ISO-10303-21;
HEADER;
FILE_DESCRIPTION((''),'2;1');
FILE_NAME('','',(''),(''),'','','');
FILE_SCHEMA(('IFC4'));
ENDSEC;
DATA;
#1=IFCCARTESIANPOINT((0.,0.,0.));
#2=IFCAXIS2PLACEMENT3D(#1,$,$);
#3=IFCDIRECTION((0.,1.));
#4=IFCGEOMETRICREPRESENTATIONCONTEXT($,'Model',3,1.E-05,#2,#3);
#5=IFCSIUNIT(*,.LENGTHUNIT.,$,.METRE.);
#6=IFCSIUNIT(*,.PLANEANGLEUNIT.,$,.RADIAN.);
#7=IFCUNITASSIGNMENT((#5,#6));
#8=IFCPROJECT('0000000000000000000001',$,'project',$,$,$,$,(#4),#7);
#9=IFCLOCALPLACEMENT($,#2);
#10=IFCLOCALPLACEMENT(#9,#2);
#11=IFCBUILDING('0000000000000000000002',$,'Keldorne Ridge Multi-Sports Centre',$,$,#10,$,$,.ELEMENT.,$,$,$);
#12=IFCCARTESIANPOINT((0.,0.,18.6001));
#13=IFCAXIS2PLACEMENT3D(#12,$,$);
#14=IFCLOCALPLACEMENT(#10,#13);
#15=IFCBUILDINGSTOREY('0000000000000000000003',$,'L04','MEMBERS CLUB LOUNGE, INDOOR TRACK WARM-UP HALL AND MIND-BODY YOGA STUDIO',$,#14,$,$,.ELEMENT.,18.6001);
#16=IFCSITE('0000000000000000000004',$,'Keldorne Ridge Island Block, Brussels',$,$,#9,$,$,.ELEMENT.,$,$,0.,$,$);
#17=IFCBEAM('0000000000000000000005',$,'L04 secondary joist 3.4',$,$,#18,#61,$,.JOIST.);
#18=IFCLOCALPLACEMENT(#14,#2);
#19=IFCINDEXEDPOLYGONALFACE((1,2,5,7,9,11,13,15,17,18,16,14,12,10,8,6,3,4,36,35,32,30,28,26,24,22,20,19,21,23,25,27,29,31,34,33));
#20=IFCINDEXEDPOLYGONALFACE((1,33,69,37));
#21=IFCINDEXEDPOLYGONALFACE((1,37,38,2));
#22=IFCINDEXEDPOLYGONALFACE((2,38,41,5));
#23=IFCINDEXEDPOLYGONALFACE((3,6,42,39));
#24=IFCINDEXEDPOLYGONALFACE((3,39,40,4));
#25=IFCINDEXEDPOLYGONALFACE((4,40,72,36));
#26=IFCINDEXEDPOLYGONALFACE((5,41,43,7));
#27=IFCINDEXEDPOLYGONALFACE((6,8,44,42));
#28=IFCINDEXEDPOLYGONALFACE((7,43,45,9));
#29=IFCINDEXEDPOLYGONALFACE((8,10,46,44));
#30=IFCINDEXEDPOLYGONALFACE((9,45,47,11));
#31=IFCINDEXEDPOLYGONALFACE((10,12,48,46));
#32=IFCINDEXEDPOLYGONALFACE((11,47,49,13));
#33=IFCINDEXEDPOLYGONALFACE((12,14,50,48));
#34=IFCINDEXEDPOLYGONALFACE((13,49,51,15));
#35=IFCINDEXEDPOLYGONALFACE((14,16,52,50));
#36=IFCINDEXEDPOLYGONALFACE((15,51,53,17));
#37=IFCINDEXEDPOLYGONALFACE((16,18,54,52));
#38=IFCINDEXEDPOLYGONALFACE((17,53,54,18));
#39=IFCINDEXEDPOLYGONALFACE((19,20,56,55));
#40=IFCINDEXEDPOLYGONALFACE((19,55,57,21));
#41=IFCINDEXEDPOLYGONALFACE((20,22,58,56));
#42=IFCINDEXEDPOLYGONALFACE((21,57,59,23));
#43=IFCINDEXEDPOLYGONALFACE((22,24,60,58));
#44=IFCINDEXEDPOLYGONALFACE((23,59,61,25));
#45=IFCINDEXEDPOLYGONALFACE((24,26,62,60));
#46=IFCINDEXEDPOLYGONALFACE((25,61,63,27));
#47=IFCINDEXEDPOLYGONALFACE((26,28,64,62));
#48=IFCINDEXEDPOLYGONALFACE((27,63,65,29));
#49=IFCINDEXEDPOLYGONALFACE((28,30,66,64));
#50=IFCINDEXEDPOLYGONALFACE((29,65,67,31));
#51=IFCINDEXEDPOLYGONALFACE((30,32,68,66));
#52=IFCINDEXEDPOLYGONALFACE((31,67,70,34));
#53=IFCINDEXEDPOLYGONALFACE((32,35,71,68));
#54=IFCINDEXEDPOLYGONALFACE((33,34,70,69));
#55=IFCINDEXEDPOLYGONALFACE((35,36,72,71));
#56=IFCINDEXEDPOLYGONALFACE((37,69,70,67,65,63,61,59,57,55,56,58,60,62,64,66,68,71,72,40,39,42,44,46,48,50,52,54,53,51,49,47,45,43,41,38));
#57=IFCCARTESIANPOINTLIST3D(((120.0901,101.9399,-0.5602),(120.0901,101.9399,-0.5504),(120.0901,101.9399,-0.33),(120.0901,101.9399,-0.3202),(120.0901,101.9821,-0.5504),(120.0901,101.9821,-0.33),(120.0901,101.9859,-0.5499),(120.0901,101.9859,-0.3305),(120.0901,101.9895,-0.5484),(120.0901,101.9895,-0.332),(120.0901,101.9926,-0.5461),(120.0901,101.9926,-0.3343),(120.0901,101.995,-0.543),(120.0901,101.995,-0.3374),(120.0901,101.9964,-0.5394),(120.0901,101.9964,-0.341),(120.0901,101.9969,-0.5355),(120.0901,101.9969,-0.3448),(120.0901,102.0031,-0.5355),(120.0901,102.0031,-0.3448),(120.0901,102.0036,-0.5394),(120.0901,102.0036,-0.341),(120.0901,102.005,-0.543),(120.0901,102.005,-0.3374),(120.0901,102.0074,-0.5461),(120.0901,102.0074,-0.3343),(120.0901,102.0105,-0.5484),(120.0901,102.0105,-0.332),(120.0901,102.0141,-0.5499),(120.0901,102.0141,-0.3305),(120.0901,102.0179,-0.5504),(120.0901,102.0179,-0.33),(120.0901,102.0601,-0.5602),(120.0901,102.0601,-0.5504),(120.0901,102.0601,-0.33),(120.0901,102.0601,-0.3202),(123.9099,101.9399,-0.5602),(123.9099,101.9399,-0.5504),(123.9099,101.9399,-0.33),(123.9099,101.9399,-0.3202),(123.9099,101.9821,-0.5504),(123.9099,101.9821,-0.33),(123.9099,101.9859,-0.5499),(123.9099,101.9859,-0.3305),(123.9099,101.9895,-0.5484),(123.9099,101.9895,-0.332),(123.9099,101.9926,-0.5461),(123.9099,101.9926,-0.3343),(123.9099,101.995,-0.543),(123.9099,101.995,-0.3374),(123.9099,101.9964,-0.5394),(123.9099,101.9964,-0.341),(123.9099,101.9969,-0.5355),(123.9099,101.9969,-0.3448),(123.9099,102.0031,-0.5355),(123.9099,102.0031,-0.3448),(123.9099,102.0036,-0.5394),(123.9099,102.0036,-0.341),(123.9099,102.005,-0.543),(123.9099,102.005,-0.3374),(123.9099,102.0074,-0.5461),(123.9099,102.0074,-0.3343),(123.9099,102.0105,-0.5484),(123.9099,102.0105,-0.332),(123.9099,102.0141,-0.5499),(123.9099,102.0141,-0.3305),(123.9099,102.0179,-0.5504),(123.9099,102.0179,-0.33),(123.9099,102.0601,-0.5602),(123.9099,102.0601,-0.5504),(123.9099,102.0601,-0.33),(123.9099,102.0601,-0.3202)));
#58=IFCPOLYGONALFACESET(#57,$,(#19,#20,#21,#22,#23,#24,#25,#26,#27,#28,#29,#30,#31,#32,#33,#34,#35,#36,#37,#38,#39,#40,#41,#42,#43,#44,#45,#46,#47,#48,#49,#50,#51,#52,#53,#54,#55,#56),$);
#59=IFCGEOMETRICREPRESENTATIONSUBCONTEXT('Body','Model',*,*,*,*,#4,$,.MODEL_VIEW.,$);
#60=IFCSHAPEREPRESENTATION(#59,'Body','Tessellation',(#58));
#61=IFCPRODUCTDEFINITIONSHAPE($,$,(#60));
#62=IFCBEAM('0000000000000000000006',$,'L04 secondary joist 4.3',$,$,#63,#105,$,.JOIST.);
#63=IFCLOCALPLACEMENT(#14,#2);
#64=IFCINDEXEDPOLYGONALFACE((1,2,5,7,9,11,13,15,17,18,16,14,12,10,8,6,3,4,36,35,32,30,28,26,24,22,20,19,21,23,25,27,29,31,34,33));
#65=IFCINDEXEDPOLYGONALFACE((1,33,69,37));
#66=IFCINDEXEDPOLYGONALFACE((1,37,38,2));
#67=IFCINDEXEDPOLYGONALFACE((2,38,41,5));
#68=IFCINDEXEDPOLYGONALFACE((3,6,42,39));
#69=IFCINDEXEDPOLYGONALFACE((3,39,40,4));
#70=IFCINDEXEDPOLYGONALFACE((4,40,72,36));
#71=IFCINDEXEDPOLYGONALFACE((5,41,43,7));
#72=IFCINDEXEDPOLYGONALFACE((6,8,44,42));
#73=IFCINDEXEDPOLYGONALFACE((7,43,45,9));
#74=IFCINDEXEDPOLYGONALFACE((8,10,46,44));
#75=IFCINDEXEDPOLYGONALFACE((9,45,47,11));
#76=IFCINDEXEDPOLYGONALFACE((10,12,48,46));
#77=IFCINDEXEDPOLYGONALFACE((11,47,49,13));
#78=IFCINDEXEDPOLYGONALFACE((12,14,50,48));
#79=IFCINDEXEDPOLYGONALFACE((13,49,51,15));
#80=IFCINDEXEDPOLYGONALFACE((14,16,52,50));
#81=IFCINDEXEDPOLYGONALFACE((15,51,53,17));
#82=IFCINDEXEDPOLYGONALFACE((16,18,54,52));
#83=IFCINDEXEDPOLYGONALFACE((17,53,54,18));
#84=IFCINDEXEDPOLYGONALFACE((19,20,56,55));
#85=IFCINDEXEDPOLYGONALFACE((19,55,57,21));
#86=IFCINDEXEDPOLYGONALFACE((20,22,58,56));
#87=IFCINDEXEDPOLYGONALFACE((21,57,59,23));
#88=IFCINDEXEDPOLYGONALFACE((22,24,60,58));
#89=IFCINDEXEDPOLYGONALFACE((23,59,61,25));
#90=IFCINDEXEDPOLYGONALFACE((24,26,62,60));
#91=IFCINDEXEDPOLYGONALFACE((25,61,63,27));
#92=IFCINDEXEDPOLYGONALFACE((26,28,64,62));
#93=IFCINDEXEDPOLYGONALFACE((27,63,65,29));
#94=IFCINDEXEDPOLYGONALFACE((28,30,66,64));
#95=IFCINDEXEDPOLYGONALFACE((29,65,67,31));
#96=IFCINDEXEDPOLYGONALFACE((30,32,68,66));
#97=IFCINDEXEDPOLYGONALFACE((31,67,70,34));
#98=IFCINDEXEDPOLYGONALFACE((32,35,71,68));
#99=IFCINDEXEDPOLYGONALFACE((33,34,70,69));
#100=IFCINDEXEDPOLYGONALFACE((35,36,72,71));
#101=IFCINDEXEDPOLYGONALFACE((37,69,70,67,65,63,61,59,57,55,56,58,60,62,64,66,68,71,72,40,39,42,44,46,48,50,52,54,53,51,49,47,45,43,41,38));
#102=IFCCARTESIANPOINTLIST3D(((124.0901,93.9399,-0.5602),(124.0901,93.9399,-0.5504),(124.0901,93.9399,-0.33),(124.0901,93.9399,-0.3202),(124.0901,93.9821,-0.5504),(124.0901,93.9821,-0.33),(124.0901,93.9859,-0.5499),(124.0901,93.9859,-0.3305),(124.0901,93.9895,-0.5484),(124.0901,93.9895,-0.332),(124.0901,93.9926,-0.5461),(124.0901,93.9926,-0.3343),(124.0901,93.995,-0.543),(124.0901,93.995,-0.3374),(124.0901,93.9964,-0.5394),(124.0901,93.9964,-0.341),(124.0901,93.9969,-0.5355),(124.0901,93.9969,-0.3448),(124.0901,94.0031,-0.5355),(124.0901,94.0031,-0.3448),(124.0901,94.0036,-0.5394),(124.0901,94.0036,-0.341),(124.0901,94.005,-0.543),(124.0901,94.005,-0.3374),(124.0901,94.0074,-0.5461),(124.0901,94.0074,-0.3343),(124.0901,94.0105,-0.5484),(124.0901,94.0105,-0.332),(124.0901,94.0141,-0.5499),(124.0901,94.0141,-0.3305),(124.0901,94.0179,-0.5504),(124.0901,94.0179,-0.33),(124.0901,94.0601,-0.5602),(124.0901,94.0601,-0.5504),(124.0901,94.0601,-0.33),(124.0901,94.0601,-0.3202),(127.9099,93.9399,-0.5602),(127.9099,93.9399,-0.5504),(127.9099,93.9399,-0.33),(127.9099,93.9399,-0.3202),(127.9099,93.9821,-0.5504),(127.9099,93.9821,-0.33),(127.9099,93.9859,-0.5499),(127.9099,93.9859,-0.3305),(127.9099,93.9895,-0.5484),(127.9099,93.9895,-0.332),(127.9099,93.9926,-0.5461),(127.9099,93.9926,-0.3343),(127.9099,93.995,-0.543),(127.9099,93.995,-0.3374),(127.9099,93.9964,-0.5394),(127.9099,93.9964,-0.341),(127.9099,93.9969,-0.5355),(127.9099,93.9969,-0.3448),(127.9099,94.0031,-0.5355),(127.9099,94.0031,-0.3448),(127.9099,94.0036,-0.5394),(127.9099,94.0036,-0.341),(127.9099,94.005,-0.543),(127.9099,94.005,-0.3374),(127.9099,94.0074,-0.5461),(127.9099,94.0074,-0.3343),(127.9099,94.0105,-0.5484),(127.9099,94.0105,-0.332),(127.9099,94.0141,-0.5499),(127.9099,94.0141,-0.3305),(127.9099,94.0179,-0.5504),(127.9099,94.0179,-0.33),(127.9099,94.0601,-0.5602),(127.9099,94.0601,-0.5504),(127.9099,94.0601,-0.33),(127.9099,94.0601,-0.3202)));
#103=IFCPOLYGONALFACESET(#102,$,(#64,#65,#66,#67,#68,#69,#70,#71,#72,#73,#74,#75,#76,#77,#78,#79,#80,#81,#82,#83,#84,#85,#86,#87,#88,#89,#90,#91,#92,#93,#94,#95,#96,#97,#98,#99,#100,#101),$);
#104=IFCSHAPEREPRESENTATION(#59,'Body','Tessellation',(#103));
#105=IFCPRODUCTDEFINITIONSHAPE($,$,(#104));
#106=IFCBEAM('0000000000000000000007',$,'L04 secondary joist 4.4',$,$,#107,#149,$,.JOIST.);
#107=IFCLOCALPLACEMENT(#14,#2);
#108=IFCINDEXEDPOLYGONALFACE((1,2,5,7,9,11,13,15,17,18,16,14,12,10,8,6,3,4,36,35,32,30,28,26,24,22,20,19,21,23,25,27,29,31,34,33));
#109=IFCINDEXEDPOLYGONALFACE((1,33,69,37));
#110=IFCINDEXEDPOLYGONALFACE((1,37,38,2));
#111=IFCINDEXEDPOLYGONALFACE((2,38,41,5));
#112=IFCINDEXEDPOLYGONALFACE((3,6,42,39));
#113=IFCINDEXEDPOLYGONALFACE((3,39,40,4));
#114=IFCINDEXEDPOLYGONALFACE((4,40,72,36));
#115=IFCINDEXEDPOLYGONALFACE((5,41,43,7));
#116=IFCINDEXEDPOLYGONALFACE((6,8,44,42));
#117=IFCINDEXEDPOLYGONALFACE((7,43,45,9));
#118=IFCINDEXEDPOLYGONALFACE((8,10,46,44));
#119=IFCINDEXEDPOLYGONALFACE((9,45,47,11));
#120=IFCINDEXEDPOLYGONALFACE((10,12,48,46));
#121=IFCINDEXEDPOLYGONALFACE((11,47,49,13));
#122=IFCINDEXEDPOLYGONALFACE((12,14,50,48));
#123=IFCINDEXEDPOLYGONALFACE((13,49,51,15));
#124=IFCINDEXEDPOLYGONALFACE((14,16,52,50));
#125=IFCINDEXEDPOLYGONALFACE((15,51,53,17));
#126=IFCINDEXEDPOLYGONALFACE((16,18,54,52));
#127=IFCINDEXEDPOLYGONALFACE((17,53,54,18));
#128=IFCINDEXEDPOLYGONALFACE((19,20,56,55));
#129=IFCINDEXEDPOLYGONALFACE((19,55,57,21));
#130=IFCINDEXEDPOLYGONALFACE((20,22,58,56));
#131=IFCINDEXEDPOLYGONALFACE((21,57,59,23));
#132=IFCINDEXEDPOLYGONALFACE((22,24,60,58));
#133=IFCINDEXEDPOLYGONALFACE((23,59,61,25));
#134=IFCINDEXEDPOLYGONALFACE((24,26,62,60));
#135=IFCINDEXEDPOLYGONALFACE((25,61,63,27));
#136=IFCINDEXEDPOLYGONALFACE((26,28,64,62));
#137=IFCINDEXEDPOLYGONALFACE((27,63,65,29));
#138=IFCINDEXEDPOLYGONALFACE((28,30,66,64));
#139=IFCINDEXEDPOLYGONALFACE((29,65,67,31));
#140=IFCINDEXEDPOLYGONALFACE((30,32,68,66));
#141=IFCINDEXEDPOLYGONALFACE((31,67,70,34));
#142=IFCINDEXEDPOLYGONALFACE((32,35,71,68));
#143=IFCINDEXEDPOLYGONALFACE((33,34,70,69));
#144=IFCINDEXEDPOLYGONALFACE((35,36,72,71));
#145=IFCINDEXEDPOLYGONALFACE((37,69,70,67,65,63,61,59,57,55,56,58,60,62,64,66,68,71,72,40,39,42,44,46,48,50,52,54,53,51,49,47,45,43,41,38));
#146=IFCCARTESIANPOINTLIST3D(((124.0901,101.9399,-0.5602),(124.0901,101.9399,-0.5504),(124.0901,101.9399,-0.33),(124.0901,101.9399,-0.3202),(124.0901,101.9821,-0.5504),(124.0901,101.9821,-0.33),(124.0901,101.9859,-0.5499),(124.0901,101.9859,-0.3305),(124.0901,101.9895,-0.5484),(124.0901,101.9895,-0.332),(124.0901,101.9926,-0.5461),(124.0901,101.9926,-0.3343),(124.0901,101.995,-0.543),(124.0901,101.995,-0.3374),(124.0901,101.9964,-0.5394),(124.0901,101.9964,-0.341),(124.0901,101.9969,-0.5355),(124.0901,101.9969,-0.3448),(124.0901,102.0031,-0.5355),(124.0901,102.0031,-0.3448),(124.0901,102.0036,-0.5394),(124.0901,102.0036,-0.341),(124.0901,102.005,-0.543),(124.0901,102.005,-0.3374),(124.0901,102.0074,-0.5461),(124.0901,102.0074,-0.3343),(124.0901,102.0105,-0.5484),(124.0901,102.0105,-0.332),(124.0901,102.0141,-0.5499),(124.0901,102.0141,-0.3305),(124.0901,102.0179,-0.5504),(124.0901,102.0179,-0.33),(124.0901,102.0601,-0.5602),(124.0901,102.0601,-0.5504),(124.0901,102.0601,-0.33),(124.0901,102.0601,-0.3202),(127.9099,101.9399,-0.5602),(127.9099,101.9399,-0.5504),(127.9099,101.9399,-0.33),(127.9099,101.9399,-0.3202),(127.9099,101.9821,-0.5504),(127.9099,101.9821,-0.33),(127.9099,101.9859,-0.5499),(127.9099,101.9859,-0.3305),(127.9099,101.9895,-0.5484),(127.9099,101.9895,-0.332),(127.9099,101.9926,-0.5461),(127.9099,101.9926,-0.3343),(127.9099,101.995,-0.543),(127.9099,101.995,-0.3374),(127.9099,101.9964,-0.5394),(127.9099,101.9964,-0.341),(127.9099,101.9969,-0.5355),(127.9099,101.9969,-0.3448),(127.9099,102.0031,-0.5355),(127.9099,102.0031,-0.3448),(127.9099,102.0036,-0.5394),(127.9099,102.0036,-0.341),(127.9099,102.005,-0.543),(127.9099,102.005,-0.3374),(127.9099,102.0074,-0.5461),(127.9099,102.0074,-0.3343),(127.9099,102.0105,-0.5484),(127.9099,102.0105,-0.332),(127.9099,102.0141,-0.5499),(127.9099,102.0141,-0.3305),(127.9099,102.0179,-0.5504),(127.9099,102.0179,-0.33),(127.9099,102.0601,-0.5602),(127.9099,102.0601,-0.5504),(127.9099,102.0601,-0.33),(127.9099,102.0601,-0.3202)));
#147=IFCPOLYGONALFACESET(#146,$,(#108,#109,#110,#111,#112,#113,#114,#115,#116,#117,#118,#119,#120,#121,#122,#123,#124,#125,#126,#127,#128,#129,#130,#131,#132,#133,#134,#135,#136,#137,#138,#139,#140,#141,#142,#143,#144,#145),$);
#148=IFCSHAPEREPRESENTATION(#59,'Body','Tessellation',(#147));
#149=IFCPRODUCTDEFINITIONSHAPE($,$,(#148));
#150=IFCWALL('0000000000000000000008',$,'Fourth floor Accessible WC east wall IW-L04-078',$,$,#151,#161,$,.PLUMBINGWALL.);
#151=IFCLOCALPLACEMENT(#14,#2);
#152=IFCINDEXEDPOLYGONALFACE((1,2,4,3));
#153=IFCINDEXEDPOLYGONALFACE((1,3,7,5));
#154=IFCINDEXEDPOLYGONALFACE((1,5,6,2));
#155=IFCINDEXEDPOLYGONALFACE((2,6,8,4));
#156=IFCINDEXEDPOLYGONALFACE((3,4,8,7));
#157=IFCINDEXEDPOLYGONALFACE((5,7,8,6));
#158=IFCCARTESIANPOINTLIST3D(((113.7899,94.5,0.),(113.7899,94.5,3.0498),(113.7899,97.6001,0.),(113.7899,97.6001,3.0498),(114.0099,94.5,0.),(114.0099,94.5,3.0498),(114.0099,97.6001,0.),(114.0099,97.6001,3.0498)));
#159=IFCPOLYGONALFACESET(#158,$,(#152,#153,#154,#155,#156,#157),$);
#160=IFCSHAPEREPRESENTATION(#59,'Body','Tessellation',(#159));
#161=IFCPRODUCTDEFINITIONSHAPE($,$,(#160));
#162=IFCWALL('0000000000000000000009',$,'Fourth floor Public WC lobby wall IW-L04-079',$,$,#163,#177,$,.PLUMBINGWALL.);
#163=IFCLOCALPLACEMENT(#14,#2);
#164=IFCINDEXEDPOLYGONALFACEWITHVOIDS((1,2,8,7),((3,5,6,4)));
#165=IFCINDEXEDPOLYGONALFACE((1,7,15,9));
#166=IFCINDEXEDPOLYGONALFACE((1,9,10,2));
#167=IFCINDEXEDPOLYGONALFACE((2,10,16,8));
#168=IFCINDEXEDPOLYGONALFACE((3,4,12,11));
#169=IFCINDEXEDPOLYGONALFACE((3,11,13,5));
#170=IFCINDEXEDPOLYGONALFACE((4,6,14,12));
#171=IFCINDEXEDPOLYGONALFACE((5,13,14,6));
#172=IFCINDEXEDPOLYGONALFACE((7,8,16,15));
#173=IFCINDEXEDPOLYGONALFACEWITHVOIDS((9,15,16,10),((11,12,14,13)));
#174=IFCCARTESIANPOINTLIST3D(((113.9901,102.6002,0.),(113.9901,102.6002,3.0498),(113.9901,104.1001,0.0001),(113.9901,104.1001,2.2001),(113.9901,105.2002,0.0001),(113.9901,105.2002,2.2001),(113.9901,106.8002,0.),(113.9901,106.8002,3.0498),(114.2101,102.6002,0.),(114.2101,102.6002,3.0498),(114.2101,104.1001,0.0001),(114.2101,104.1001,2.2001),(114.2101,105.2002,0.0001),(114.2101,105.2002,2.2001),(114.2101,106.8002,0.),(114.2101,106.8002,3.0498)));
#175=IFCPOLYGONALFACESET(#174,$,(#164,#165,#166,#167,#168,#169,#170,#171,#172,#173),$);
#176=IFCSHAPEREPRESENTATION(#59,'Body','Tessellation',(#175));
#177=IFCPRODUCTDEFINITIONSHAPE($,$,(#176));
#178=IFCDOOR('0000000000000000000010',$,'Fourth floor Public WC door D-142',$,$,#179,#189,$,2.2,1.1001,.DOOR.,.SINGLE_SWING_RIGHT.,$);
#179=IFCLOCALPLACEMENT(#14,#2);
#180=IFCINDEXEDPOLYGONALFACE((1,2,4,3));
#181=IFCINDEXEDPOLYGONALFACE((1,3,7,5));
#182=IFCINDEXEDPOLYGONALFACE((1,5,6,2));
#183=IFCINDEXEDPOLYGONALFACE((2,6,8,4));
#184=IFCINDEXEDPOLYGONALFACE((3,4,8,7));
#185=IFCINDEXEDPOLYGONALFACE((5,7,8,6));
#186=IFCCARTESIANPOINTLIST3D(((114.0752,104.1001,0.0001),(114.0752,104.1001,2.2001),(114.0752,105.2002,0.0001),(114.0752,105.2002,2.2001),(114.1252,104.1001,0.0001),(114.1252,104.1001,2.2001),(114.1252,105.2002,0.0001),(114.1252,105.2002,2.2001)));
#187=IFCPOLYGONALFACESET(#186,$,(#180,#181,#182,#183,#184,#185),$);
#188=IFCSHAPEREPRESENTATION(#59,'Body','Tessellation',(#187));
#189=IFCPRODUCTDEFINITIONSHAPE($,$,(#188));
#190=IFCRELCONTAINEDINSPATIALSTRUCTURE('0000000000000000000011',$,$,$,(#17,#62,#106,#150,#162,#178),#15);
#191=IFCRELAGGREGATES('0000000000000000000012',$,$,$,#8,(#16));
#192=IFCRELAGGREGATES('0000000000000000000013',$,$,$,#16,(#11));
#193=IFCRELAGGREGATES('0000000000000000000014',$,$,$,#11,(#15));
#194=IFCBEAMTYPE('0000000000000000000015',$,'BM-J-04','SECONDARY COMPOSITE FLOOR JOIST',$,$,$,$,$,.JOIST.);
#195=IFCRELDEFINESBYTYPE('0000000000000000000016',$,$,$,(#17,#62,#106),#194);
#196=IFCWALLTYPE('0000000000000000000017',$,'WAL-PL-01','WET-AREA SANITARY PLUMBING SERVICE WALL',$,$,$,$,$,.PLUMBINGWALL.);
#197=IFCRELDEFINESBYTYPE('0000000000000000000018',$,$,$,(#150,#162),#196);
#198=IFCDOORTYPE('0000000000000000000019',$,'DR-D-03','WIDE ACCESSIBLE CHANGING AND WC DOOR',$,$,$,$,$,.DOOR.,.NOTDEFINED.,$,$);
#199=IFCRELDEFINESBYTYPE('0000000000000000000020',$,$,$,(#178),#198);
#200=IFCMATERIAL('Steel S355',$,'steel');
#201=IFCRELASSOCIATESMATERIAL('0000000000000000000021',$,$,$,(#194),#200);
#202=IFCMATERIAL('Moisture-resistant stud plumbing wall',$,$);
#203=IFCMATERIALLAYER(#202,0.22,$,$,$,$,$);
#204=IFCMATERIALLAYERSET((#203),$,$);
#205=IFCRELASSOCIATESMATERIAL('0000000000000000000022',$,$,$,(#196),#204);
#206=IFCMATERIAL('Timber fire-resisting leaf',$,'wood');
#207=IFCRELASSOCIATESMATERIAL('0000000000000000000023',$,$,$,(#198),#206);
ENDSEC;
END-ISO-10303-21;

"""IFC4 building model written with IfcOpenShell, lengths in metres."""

from ifc_helpers import new_model, si_unit, direction, frame, frame_2d, origin, origin_2d, place, context, subcontext, project, spatial, rectangle, i_section, extrude, material, layer, layer_set, material_profile, profile_set, type_object, element, fill, save


model = new_model("IFC4")

# Units and contexts
model_context = context("Model", 3, precision=1e-05, world=origin(), true_north=direction((0.0, 1.0)))
body_context = subcontext(model_context, "Body", "Model", "MODEL_VIEW")
ifc_project = project(units=[si_unit("LENGTHUNIT", "METRE"), si_unit("PLANEANGLEUNIT", "RADIAN")], contexts=[model_context])

# Site, building, storey
site_placement = place(None, origin())
site = spatial("IfcSite", under=ifc_project, at=site_placement, Name="Keldorne Ridge Island Block, Brussels", CompositionType="ELEMENT", RefElevation=0.0)
building_placement = place(site_placement, origin())
building = spatial("IfcBuilding", under=site, at=building_placement, Name="Keldorne Ridge Multi-Sports Centre", CompositionType="ELEMENT")
storey_placement = place(building_placement, frame((0.0, 0.0, 18.6001)))
storey = spatial("IfcBuildingStorey", under=building, at=storey_placement, Name="L04", Description="MEMBERS CLUB LOUNGE, INDOOR TRACK WARM-UP HALL AND MIND-BODY YOGA STUDIO", CompositionType="ELEMENT", Elevation=18.6001)

# Shared definitions
ifc_material_1 = material(Name="Steel S355", Category="steel")

# Beams
ifc_material_profile_1 = material_profile(ifc_material_1, i_section(OverallWidth=0.1201, OverallDepth=0.24, WebThickness=0.0061, FlangeThickness=0.0098, FilletRadius=0.0149, at=origin_2d()), Name="IPE 240")
ifc_profile_set_1 = profile_set([ifc_material_profile_1], Name="Steel S355")
beam_type_1 = type_object("IfcBeamType", Name="BM-J-04", Description="SECONDARY COMPOSITE FLOOR JOIST", PredefinedType="JOIST", material=ifc_profile_set_1)
for number, where, z_axis, x_axis, name in (
    (1, (120.0901, 102.0, -0.4402), (1.0, 0.0, 0.0), (0.0, 1.0, 0.0), "L04 secondary joist 3.4"),
    (2, (124.0901, 94.0, -0.4402), (1.0, 0.0, 0.0), (0.0, 1.0, 0.0), "L04 secondary joist 4.3"),
    (3, (124.0901, 102.0, -0.4402), (1.0, 0.0, 0.0), (0.0, 1.0, 0.0), "L04 secondary joist 4.4"),
):
    element("IfcBeam", number, at=place(storey_placement, frame(where, z_axis=z_axis, x_axis=x_axis)), inside=storey, type_object=beam_type_1, Name=name, PredefinedType="JOIST", context=body_context, shape_type="SweptSolid", body=[
        extrude(i_section(OverallWidth=0.1201, OverallDepth=0.24, WebThickness=0.0061, FlangeThickness=0.0098, FilletRadius=0.0149, at=origin_2d()), origin(), (0.0, 0.0, 1.0), 3.8198),
    ])

# Wall
ifc_material_2 = material(Name="Moisture-resistant stud plumbing wall")
ifc_layer_1 = layer(ifc_material_2, 0.22)
ifc_layer_set_1 = layer_set([ifc_layer_1])
wall_type_1 = type_object("IfcWallType", Name="WAL-PL-01", Description="WET-AREA SANITARY PLUMBING SERVICE WALL", PredefinedType="PLUMBINGWALL", material=ifc_layer_set_1)
wall_1_placement = place(storey_placement, frame((113.8999, 94.5, 0.0), z_axis=(0.0, 0.0, 1.0), x_axis=(0.0, 1.0, 0.0)))
element("IfcWall", 4, at=wall_1_placement, inside=storey, type_object=wall_type_1, Name="Fourth floor Accessible WC east wall IW-L04-078", PredefinedType="PLUMBINGWALL", context=body_context, shape_type="SweptSolid", body=[
    extrude(rectangle(XDim=3.1001, YDim=0.22, at=frame_2d((1.55, 0.0))), origin(), (0.0, 0.0, 1.0), 3.0498),
])

# Wall, opening, door
wall_2_placement = place(storey_placement, frame((114.1001, 102.6001, 0.0), z_axis=(0.0, 0.0, 1.0), x_axis=(0.0, 1.0, 0.0)))
wall_2 = element("IfcWall", 5, at=wall_2_placement, inside=storey, type_object=wall_type_1, Name="Fourth floor Public WC lobby wall IW-L04-079", PredefinedType="PLUMBINGWALL", context=body_context, shape_type="SweptSolid", body=[
    extrude(rectangle(XDim=4.2, YDim=0.22, at=frame_2d((2.1001, 0.0))), origin(), (0.0, 0.0, 1.0), 3.0498),
])
opening_1_placement = place(wall_2_placement, frame((1.5, 0.0, 0.0)))
opening_1 = element("IfcOpeningElement", 6, at=opening_1_placement, cuts=wall_2, PredefinedType="OPENING", context=body_context, shape_type="SweptSolid", body=[
    extrude(rectangle(XDim=1.1001, YDim=2.2, at=frame_2d((0.55, 1.1001))), frame((0.0, 0.1201, 0.0), z_axis=(0.0, -1.0, 0.0), x_axis=(1.0, 0.0, 0.0)), (0.0, 0.0, 1.0), 0.24),
])
ifc_material_3 = material(Name="Timber fire-resisting leaf", Category="wood")
door_type_1 = type_object("IfcDoorType", Name="DR-D-03", Description="WIDE ACCESSIBLE CHANGING AND WC DOOR", OperationType="NOTDEFINED", PredefinedType="DOOR", material=ifc_material_3)
door_1_placement = place(opening_1_placement, origin())
door_1 = element("IfcDoor", 7, at=door_1_placement, inside=storey, type_object=door_type_1, Name="Fourth floor Public WC door D-142", OperationType="SINGLE_SWING_RIGHT", OverallHeight=2.2, OverallWidth=1.1001, PredefinedType="DOOR", context=body_context, shape_type="SweptSolid", body=[
    extrude(rectangle(XDim=1.1001, YDim=2.2, at=frame_2d((0.55, 1.1001))), frame((0.0, 0.0249, 0.0), z_axis=(0.0, -1.0, 0.0), x_axis=(1.0, 0.0, 0.0)), (0.0, 0.0, 1.0), 0.05),
])
fill(opening_1, door_1)

save(model, "model.ifc")
